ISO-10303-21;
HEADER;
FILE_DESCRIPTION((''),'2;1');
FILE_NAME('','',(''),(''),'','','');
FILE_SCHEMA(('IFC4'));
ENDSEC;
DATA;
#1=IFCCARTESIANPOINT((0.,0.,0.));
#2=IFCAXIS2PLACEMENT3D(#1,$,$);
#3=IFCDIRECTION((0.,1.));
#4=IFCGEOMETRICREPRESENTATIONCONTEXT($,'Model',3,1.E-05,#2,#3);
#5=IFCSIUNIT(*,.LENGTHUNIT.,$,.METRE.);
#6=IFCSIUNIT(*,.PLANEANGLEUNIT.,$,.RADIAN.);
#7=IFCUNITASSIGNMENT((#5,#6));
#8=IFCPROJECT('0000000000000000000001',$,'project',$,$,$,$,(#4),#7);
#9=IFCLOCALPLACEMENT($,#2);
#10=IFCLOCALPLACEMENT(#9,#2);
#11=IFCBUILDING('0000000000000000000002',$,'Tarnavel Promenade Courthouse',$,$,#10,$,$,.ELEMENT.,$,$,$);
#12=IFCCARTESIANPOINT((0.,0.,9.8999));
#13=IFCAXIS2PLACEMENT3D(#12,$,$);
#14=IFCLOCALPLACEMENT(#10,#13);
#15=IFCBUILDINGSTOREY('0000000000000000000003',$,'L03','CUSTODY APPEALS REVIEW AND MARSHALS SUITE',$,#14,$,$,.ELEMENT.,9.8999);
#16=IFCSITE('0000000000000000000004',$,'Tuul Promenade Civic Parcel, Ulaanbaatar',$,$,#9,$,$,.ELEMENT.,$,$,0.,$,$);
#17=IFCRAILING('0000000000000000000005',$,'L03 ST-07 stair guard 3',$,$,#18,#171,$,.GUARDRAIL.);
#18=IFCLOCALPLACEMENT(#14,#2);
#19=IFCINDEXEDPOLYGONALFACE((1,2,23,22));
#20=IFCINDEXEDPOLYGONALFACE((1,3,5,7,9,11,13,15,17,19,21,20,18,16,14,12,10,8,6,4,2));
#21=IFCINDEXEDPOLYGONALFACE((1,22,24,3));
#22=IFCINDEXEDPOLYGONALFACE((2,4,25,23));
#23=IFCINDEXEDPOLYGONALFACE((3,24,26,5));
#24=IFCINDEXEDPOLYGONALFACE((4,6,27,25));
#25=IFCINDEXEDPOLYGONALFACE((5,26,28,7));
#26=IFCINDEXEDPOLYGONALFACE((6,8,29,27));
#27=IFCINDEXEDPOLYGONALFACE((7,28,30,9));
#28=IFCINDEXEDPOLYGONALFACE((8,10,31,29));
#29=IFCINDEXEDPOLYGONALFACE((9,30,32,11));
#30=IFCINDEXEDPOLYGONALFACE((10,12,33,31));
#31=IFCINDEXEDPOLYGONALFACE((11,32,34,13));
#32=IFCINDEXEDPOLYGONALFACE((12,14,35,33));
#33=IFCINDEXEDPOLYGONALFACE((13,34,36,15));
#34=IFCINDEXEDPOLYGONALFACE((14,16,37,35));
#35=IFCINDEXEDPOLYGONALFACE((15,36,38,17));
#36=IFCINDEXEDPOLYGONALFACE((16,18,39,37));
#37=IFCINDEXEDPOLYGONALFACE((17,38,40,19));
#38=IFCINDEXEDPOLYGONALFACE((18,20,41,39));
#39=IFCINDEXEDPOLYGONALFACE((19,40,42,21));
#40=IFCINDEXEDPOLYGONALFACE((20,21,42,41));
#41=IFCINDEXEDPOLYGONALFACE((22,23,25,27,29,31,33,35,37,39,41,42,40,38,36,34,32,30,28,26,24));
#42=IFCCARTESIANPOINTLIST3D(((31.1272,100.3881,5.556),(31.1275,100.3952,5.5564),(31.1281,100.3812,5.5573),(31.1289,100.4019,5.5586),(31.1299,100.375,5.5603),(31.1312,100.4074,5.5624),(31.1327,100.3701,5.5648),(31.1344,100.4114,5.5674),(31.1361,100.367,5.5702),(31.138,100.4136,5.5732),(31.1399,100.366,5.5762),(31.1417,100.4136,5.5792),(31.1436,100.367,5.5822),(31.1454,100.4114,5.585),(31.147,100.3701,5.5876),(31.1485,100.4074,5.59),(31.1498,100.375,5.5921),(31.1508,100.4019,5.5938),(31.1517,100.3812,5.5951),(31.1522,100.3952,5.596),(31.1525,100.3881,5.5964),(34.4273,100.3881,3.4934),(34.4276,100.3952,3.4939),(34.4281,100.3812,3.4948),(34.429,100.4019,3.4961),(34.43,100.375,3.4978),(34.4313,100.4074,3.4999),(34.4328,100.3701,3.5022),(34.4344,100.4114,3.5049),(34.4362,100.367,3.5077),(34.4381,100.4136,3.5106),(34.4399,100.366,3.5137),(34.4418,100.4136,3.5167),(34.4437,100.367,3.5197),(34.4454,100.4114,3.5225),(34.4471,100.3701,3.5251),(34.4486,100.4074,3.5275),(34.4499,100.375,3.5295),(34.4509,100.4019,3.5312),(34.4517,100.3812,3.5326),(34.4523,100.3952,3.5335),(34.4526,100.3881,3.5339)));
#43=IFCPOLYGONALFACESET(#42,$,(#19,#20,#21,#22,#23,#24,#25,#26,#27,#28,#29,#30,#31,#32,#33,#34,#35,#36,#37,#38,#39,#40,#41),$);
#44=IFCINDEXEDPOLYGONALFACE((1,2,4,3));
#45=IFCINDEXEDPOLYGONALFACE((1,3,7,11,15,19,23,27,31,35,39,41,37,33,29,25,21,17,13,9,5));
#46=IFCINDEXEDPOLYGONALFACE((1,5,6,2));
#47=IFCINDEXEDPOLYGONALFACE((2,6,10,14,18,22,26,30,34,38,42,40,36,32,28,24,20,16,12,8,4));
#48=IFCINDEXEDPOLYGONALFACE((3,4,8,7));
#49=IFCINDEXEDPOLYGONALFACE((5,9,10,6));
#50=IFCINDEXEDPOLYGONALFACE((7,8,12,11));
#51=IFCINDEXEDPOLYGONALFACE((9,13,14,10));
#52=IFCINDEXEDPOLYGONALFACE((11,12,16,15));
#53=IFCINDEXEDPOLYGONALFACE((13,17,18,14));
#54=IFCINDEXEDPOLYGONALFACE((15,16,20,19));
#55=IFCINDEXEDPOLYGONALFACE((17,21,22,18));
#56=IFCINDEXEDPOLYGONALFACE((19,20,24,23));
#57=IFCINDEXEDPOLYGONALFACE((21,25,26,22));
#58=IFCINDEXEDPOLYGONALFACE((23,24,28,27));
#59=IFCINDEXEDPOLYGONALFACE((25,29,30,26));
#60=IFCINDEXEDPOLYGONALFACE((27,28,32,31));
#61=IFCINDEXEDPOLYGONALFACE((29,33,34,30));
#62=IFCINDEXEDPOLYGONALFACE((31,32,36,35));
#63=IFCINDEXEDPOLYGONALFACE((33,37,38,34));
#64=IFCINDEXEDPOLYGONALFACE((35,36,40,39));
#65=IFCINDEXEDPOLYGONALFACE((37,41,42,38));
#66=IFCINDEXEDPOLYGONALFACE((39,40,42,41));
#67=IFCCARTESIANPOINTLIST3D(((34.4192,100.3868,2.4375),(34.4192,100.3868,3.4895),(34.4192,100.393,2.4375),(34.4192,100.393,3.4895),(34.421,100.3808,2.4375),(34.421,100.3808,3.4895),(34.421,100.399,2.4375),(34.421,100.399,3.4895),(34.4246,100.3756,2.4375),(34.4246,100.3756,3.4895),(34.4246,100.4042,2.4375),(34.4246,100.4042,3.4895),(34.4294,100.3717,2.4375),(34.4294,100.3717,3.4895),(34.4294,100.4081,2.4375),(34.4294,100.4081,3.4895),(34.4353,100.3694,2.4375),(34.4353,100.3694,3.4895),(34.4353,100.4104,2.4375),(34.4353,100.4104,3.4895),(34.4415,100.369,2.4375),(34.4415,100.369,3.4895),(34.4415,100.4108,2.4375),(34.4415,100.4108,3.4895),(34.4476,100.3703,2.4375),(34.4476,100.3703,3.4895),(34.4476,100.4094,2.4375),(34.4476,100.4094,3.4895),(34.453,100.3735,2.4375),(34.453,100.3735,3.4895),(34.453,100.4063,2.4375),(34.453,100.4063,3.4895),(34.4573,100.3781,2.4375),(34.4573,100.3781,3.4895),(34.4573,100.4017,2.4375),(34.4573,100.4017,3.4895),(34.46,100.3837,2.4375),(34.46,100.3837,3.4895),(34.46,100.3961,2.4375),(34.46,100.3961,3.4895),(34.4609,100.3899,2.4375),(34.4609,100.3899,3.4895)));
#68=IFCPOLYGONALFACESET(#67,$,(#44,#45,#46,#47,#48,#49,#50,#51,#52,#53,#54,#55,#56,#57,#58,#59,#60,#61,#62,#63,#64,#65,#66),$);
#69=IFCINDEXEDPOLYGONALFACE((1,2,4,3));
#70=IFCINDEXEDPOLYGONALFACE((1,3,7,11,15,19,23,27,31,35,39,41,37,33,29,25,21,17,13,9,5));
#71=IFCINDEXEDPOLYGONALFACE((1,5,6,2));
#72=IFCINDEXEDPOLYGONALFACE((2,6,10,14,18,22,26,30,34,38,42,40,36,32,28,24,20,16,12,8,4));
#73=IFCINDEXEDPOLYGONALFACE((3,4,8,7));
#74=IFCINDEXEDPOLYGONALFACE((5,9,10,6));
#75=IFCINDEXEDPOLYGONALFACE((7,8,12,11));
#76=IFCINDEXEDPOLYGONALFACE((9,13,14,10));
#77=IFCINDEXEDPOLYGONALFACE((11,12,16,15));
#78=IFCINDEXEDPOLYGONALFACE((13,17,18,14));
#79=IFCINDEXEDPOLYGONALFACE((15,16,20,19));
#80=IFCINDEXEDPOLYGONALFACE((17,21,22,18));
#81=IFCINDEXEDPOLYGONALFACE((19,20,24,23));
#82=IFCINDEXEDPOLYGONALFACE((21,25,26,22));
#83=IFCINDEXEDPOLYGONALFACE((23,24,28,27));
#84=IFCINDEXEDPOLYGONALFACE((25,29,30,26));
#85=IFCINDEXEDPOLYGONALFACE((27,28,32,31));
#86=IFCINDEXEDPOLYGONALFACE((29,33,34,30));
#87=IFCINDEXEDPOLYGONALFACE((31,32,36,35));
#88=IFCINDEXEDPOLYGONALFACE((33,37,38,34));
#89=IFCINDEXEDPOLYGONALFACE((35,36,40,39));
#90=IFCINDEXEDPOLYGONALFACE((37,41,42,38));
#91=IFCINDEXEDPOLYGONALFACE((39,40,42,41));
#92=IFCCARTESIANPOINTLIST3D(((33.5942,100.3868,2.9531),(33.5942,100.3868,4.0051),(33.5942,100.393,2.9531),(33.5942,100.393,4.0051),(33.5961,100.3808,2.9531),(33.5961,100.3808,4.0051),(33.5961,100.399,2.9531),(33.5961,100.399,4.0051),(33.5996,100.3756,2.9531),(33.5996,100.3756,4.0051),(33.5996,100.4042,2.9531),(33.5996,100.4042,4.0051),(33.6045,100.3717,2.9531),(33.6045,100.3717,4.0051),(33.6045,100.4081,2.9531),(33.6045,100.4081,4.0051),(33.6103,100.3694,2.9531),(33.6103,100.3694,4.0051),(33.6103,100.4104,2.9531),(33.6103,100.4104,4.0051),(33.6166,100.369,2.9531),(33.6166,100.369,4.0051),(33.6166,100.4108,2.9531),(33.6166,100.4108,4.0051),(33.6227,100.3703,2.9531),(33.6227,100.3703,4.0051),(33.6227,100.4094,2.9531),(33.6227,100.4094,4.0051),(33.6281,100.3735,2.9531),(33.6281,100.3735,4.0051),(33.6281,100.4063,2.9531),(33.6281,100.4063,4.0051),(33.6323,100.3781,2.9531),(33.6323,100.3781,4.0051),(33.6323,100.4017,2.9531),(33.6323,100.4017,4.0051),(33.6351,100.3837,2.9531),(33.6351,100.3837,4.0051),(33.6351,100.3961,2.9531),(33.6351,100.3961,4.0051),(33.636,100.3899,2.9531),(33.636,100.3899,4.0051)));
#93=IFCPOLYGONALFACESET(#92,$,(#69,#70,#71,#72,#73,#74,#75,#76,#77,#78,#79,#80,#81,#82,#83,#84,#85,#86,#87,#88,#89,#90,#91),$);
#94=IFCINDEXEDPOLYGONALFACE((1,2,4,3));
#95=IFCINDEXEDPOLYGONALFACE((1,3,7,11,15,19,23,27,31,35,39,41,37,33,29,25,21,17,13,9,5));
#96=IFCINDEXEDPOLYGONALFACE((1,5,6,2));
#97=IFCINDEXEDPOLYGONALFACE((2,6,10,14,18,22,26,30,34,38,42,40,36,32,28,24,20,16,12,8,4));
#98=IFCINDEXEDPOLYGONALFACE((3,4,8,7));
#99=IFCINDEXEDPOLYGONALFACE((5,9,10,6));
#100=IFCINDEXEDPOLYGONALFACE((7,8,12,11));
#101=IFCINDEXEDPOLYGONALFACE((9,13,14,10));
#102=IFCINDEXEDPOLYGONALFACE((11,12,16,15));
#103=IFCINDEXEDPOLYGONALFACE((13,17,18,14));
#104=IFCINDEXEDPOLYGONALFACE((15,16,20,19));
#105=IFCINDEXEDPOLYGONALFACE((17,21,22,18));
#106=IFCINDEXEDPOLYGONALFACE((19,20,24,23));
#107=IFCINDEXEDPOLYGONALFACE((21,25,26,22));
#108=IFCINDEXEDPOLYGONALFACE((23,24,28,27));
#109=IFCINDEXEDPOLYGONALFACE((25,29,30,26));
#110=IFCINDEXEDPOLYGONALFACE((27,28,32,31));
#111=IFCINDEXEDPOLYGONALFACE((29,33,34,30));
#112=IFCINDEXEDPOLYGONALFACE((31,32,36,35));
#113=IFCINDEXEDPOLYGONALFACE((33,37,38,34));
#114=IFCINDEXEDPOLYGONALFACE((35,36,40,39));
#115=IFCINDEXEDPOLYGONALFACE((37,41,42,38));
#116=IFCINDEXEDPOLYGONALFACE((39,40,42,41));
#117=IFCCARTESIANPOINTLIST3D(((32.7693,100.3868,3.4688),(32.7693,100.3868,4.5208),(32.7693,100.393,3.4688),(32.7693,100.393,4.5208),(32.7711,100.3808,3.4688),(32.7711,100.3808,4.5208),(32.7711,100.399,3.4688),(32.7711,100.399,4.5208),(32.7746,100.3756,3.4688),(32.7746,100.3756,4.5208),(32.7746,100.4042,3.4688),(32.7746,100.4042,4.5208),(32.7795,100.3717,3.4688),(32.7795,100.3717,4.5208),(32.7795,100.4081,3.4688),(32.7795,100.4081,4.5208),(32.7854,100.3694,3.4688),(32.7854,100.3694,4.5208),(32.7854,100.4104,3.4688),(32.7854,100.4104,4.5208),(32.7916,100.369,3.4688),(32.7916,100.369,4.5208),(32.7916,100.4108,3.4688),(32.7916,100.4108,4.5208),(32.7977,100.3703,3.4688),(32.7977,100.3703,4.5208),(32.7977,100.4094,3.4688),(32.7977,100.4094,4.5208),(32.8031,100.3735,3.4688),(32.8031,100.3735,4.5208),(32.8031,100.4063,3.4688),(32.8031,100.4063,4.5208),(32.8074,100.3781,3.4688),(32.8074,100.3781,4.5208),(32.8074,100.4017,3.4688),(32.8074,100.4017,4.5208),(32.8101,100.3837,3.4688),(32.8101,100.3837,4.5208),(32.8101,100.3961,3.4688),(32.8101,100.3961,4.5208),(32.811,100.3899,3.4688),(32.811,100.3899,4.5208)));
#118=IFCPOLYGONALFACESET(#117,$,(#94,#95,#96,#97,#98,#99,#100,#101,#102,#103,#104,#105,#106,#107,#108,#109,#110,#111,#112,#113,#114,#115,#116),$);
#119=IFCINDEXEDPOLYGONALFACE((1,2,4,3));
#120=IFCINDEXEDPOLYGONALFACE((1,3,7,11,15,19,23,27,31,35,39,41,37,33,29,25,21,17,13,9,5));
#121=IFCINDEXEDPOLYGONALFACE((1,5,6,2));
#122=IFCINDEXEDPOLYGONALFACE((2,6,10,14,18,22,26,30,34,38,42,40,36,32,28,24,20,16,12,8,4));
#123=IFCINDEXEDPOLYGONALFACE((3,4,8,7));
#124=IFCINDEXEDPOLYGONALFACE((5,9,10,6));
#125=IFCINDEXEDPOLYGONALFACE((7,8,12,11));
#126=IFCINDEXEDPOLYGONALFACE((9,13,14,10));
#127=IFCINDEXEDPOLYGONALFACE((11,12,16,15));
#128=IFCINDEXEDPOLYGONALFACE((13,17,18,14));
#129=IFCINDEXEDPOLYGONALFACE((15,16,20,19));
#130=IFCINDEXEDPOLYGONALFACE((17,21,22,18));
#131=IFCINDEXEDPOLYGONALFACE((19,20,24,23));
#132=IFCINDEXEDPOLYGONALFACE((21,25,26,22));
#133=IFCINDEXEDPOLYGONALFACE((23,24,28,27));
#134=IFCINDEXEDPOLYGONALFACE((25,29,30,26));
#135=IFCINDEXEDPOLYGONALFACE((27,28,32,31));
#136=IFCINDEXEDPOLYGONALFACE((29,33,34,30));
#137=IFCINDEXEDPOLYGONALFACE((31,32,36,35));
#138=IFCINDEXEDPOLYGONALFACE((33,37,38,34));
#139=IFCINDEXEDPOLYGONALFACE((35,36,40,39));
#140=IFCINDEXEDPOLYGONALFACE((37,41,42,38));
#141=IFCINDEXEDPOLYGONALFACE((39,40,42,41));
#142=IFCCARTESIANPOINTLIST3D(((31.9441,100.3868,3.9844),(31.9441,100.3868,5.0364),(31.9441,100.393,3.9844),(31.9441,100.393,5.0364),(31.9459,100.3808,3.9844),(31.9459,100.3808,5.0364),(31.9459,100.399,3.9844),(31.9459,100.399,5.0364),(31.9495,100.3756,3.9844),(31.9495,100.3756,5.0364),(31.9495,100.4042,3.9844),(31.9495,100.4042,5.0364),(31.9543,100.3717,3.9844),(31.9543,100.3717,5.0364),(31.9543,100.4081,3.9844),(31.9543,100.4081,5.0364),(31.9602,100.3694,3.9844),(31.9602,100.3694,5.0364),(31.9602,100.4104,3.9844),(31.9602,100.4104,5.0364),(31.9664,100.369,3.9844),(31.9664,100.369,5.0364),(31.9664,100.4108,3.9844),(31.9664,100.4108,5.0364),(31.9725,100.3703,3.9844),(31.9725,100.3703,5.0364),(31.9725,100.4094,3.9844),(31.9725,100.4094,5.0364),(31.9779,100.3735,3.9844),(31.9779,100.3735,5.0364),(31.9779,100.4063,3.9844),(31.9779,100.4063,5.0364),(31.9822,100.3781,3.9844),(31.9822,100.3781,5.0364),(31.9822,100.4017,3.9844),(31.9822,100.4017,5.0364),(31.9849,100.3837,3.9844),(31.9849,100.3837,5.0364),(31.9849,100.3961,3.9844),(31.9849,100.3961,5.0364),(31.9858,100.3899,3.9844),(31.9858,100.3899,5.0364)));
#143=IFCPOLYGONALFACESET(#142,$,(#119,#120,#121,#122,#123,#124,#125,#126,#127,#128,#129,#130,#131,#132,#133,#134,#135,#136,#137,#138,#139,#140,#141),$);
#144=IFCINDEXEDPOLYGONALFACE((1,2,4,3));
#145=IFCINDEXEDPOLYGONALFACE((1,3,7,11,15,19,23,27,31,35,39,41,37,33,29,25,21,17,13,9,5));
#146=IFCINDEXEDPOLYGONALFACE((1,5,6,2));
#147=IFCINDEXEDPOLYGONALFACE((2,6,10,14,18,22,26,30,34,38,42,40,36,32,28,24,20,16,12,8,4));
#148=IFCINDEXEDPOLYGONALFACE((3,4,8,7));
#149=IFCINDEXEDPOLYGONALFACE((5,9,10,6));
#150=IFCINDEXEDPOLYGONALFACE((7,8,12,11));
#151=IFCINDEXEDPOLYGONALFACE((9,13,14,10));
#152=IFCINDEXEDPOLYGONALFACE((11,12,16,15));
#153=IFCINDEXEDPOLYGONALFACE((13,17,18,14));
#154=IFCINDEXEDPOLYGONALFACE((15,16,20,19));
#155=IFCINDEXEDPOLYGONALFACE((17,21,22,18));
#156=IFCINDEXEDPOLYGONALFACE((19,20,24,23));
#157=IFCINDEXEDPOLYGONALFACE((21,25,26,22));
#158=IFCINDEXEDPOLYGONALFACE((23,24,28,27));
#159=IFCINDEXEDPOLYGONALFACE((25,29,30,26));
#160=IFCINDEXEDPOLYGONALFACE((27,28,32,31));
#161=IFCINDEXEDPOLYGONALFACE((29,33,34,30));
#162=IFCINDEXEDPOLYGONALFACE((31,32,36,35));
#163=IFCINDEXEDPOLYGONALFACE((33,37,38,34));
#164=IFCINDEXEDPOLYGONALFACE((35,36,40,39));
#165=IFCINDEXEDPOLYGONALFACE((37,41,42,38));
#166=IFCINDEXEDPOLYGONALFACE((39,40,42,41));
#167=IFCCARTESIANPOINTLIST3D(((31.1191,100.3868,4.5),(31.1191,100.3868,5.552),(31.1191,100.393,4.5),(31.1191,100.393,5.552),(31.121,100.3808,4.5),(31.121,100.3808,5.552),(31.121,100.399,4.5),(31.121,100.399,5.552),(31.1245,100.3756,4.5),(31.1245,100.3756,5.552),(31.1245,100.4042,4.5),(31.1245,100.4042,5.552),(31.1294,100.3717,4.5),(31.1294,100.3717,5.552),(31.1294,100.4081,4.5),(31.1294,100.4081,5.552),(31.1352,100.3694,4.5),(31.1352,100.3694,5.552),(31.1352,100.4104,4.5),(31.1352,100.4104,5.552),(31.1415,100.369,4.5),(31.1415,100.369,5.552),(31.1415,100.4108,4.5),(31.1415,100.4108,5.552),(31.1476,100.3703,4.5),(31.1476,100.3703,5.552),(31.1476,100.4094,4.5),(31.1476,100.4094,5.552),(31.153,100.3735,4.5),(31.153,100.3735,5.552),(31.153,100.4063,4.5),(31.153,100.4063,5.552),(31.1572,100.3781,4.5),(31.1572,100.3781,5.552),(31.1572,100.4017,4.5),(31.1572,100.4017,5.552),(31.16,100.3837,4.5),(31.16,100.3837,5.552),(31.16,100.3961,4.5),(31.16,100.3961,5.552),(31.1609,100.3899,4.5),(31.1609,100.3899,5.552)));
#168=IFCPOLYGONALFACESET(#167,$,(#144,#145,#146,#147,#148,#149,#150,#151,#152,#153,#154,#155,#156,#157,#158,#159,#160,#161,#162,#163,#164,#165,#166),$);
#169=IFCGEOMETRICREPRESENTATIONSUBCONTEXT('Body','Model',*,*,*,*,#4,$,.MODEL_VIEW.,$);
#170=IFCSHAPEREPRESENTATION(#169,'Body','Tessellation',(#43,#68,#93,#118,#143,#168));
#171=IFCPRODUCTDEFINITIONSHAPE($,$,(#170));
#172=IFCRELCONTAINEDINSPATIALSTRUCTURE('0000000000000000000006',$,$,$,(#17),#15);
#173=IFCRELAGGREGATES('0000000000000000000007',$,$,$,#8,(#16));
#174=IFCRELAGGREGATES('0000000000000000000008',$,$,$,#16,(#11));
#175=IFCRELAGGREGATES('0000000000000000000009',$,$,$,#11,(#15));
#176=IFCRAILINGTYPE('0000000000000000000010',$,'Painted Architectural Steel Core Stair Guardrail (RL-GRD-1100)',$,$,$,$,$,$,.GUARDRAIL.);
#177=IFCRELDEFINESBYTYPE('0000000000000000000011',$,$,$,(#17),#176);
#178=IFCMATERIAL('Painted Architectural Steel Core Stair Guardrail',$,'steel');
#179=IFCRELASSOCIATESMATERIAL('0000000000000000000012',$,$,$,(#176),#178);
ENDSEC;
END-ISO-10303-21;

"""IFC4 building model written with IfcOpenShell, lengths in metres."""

from ifc_helpers import new_model, si_unit, direction, frame, origin, origin_2d, place, context, subcontext, project, spatial, circle, extrude, material, type_object, element, save


model = new_model("IFC4")

# Units and contexts
model_context = context("Model", 3, precision=1e-05, world=origin(), true_north=direction((0.0, 1.0)))
body_context = subcontext(model_context, "Body", "Model", "MODEL_VIEW")
ifc_project = project(units=[si_unit("LENGTHUNIT", "METRE"), si_unit("PLANEANGLEUNIT", "RADIAN")], contexts=[model_context])

# Site, building, storey
site_placement = place(None, origin())
site = spatial("IfcSite", under=ifc_project, at=site_placement, Name="Tuul Promenade Civic Parcel, Ulaanbaatar", CompositionType="ELEMENT", RefElevation=0.0)
building_placement = place(site_placement, origin())
building = spatial("IfcBuilding", under=site, at=building_placement, Name="Tarnavel Promenade Courthouse", CompositionType="ELEMENT")
storey_placement = place(building_placement, frame((0.0, 0.0, 9.8999)))
storey = spatial("IfcBuildingStorey", under=building, at=storey_placement, Name="L03", Description="CUSTODY APPEALS REVIEW AND MARSHALS SUITE", CompositionType="ELEMENT", Elevation=9.8999)

# Railing
ifc_material_1 = material(Name="Painted Architectural Steel Core Stair Guardrail", Category="steel")
railing_type_1 = type_object("IfcRailingType", Name="Painted Architectural Steel Core Stair Guardrail (RL-GRD-1100)", PredefinedType="GUARDRAIL", material=ifc_material_1)
railing_1_placement = place(storey_placement, frame((34.4399, 100.3899, 2.4375)))
element("IfcRailing", 1, at=railing_1_placement, inside=storey, type_object=railing_type_1, Name="L03 ST-07 stair guard 3", PredefinedType="GUARDRAIL", context=body_context, shape_type="SweptSolid", body=[
    extrude(circle(Radius=0.0239, at=origin_2d()), frame((0.0, 0.0, 1.0762), z_axis=(-0.848002, 0.0, 0.529993), x_axis=(0.0, -1.0, 0.0)), (0.0, 0.0, 1.0), 3.8916),
    extrude(circle(Radius=0.021, at=origin_2d()), origin(), (0.0, 0.0, 1.0), 1.052),
    extrude(circle(Radius=0.021, at=origin_2d()), frame((-0.825, 0.0, 0.5156)), (0.0, 0.0, 1.0), 1.052),
    extrude(circle(Radius=0.021, at=origin_2d()), frame((-1.6499, 0.0, 1.0312)), (0.0, 0.0, 1.0), 1.052),
    extrude(circle(Radius=0.021, at=origin_2d()), frame((-2.4751, 0.0, 1.5469)), (0.0, 0.0, 1.0), 1.052),
    extrude(circle(Radius=0.021, at=origin_2d()), frame((-3.3, 0.0, 2.0625)), (0.0, 0.0, 1.0), 1.052),
])

save(model, "model.ifc")
